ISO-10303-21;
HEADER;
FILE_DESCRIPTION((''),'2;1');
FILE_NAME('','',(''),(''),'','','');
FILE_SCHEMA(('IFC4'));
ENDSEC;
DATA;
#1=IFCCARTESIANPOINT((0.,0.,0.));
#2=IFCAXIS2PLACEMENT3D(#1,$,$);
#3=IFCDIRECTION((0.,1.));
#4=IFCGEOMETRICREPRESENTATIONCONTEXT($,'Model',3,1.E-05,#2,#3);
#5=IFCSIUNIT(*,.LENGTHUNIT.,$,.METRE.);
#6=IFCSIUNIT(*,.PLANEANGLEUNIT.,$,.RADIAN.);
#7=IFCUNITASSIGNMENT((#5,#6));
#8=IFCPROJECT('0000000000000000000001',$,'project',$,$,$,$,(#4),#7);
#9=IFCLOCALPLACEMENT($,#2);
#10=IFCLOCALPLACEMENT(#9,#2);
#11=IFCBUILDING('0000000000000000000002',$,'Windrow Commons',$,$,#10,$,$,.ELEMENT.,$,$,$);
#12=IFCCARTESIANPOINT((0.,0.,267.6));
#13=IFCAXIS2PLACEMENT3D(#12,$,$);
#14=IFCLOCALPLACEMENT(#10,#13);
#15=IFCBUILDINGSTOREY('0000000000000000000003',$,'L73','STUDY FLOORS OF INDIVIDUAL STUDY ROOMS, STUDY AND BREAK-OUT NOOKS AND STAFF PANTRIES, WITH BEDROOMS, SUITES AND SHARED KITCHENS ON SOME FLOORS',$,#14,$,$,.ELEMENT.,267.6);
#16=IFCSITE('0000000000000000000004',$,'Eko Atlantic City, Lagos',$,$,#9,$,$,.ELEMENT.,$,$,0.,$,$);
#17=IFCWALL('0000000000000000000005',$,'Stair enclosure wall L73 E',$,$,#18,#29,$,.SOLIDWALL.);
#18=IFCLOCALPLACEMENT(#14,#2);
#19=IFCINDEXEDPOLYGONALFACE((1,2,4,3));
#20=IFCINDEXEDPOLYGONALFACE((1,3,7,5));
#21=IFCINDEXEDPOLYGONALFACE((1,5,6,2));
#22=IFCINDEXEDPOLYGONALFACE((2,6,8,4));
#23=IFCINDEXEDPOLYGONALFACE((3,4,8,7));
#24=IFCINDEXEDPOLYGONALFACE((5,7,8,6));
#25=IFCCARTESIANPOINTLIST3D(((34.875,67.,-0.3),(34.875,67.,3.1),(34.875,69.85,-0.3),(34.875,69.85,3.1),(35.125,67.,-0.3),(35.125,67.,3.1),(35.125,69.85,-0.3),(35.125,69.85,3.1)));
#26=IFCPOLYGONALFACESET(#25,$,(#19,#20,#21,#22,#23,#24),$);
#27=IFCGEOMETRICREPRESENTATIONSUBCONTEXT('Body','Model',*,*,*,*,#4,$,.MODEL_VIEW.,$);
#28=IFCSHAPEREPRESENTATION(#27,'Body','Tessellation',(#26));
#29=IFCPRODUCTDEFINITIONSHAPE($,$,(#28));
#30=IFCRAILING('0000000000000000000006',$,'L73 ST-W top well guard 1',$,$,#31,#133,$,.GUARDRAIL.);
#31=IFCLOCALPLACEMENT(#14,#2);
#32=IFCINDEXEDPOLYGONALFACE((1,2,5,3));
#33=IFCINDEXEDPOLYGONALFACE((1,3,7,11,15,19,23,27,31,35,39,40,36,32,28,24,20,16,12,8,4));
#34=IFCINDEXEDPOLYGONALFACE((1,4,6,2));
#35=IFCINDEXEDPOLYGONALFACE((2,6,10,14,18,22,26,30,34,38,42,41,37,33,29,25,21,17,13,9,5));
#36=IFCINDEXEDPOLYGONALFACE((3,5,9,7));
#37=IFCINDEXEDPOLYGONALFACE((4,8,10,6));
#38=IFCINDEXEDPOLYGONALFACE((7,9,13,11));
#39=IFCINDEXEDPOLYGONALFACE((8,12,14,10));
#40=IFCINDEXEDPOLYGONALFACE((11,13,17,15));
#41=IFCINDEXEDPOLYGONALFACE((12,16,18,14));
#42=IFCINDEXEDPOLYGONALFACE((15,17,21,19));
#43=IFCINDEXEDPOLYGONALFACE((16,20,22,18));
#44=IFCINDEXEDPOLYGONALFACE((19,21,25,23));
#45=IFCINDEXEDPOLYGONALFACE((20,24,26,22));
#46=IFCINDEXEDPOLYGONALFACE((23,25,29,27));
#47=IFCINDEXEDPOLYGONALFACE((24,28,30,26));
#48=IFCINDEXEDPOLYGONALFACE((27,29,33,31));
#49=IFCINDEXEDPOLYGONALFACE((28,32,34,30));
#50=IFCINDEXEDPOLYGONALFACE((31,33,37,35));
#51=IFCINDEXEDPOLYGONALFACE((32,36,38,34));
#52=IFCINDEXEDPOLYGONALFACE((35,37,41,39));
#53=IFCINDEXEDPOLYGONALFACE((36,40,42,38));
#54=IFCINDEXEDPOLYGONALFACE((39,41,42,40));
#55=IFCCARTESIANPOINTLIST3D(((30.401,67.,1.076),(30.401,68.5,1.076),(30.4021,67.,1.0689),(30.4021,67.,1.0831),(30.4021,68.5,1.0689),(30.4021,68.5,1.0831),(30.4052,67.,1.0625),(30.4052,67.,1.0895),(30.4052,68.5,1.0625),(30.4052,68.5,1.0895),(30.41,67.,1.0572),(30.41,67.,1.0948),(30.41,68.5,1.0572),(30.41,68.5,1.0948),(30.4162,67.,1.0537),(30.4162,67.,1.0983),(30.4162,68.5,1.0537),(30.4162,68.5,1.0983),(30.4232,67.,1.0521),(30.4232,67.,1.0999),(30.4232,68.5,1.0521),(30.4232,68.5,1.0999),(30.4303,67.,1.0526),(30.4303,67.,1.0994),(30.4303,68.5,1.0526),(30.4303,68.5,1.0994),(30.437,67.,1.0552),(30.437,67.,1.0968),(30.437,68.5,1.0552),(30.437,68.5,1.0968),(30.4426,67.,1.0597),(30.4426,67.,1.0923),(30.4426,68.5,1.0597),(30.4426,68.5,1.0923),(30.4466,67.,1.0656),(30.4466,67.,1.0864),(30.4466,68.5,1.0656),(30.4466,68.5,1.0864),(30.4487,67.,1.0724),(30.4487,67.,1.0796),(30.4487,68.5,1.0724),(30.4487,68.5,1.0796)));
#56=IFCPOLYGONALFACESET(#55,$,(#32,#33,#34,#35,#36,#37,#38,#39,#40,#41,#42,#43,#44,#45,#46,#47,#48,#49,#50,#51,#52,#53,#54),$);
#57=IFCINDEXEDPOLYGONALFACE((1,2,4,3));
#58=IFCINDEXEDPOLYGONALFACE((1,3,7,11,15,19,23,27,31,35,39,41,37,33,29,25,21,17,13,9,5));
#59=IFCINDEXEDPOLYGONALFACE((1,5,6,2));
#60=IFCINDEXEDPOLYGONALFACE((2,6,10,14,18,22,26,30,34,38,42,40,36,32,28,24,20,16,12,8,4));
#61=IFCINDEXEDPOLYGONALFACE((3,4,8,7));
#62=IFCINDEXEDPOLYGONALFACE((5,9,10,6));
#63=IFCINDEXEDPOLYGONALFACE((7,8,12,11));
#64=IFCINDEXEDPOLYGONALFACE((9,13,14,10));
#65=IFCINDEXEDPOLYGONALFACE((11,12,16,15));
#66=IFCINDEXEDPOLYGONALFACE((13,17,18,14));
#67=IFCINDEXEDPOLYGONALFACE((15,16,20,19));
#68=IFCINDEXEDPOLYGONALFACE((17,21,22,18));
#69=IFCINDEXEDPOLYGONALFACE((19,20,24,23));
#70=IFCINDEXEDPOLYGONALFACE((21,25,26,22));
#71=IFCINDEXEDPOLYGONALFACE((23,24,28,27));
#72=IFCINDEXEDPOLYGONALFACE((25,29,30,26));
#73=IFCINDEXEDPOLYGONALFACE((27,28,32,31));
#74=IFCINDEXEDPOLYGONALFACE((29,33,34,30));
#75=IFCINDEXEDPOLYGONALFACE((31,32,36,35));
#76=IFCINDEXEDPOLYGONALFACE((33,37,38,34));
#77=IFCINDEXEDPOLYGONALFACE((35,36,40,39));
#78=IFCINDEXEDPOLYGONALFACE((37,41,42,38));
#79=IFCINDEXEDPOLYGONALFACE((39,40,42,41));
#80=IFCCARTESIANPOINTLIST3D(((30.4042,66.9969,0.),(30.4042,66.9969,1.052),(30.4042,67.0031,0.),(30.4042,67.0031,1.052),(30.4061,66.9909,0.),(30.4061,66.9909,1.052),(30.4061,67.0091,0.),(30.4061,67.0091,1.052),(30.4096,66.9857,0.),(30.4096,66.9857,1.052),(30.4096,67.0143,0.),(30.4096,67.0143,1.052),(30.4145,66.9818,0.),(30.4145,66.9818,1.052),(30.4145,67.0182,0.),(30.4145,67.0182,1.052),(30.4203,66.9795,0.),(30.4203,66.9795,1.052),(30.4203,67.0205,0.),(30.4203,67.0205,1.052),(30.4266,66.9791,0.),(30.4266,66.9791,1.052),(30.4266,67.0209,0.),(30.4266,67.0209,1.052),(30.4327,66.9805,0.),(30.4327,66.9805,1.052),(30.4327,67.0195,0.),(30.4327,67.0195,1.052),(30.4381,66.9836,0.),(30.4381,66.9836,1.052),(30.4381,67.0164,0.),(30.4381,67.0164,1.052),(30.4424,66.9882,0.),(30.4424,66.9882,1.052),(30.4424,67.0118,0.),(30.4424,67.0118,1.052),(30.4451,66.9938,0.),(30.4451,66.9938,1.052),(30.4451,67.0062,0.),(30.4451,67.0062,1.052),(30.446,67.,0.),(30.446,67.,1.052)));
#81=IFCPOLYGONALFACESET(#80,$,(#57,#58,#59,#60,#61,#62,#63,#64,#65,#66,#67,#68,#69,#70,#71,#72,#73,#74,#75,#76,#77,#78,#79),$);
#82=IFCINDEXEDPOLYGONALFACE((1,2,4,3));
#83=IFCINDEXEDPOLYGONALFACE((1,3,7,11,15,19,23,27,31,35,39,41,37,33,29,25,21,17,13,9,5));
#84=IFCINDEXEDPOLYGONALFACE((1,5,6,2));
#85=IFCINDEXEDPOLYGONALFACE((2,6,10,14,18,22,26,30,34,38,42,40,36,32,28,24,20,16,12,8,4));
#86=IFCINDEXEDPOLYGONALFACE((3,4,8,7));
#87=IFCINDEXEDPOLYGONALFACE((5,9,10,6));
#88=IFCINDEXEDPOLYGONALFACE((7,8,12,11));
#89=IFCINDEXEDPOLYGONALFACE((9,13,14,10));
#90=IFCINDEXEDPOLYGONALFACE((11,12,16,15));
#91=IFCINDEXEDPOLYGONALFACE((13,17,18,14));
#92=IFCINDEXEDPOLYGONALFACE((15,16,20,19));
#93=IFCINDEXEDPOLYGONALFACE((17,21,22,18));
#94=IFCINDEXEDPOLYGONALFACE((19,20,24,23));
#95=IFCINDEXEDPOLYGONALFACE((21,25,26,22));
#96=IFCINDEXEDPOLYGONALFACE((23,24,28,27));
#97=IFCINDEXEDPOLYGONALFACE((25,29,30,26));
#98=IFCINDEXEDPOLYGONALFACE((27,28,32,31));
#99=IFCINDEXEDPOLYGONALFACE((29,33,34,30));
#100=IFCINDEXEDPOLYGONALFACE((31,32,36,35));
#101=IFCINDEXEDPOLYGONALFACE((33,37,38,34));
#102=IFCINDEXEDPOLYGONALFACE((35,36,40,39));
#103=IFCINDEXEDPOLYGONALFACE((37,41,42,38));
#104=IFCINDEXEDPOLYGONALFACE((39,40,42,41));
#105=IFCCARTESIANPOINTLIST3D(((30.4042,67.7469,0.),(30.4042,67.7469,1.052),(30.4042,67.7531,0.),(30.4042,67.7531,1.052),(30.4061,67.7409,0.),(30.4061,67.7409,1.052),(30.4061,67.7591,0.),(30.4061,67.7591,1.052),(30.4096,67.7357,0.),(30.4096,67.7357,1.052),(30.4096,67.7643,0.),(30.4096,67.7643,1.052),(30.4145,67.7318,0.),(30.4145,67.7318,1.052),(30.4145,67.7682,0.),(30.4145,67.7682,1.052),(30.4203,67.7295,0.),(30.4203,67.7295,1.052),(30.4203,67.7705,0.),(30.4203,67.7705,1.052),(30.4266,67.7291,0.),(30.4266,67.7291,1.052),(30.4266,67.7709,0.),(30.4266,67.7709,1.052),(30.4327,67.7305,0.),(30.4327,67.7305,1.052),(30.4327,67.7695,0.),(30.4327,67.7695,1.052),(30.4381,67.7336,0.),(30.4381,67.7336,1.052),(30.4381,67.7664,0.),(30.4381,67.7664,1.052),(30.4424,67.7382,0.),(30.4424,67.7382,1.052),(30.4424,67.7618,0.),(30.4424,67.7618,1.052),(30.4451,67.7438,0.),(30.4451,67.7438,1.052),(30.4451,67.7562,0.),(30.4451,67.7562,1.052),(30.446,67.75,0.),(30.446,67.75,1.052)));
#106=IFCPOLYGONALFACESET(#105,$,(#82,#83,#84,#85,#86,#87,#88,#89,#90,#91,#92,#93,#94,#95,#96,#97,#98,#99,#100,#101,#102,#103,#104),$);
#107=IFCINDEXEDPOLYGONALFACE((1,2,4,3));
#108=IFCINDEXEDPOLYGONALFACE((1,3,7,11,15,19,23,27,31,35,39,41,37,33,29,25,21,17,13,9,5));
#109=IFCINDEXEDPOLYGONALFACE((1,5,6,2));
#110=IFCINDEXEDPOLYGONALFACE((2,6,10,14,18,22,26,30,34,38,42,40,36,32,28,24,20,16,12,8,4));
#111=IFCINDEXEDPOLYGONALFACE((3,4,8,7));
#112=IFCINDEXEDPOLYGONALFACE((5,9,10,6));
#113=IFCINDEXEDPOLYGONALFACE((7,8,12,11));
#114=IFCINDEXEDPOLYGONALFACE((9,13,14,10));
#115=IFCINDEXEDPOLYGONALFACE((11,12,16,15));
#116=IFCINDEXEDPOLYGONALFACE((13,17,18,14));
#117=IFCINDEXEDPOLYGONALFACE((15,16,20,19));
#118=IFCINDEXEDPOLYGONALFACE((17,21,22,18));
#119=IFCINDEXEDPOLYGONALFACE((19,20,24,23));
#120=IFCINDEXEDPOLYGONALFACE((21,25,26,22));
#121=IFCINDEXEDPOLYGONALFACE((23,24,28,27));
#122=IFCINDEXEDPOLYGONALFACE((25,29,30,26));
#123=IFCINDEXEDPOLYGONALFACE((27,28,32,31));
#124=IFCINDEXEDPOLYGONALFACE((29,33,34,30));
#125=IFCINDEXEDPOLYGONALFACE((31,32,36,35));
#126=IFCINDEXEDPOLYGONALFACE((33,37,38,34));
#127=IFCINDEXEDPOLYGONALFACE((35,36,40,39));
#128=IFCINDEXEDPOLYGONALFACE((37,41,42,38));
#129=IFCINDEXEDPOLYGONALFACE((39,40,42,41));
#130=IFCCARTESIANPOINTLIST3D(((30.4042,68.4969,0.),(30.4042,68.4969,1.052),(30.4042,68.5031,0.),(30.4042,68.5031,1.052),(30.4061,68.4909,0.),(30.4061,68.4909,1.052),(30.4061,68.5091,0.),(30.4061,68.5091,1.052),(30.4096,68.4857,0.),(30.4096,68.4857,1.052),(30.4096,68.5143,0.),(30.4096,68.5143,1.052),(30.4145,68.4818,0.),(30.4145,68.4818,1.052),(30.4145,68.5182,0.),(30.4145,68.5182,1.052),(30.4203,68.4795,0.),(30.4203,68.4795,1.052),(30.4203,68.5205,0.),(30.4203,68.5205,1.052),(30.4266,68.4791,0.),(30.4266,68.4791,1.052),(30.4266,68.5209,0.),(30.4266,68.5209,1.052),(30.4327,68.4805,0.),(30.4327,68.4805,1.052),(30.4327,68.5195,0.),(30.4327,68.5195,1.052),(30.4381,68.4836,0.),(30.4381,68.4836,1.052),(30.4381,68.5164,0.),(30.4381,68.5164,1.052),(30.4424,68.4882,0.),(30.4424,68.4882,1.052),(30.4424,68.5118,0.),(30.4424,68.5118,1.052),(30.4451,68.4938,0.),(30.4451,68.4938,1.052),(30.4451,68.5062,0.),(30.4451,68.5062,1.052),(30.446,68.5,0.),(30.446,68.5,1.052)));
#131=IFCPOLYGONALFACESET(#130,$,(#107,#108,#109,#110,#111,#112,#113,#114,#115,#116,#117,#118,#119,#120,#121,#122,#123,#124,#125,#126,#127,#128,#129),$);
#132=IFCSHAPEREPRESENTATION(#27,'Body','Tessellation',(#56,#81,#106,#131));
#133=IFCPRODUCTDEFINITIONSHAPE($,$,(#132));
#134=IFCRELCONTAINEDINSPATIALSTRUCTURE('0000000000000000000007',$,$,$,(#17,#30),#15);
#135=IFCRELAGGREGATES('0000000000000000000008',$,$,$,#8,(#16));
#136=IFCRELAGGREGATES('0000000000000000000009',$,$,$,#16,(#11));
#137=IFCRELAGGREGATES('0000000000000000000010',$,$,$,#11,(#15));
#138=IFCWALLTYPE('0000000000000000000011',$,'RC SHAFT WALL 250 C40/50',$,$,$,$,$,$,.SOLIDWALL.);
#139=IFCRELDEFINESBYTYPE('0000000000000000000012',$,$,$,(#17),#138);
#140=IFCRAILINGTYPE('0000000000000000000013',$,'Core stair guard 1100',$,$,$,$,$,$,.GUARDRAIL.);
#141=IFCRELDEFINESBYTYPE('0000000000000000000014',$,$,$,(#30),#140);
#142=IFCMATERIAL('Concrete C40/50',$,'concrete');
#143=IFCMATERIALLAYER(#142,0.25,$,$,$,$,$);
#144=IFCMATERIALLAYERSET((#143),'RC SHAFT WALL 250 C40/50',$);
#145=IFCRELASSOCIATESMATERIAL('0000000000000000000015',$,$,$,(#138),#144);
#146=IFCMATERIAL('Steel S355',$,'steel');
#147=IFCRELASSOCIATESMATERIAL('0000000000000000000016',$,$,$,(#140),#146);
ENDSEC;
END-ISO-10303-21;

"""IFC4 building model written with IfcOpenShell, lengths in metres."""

from ifc_helpers import new_model, si_unit, direction, frame, frame_2d, origin, origin_2d, place, context, subcontext, project, spatial, rectangle, circle, extrude, material, layer, layer_set, type_object, element, save


model = new_model("IFC4")

# Units and contexts
model_context = context("Model", 3, precision=1e-05, world=origin(), true_north=direction((0.0, 1.0)))
body_context = subcontext(model_context, "Body", "Model", "MODEL_VIEW")
ifc_project = project(units=[si_unit("LENGTHUNIT", "METRE"), si_unit("PLANEANGLEUNIT", "RADIAN")], contexts=[model_context])

# Site, building, storey
site_placement = place(None, origin())
site = spatial("IfcSite", under=ifc_project, at=site_placement, Name="Eko Atlantic City, Lagos", CompositionType="ELEMENT", RefElevation=0.0)
building_placement = place(site_placement, origin())
building = spatial("IfcBuilding", under=site, at=building_placement, Name="Windrow Commons", CompositionType="ELEMENT")
storey_placement = place(building_placement, frame((0.0, 0.0, 267.6)))
storey = spatial("IfcBuildingStorey", under=building, at=storey_placement, Name="L73", Description="STUDY FLOORS OF INDIVIDUAL STUDY ROOMS, STUDY AND BREAK-OUT NOOKS AND STAFF PANTRIES, WITH BEDROOMS, SUITES AND SHARED KITCHENS ON SOME FLOORS", CompositionType="ELEMENT", Elevation=267.6)

# Shared definitions
ifc_material_1 = material(Name="Concrete C40/50", Category="concrete")
ifc_layer_1 = layer(ifc_material_1, 0.25)
ifc_layer_set_1 = layer_set([ifc_layer_1], Name="RC SHAFT WALL 250 C40/50")
wall_type_1 = type_object("IfcWallType", Name="RC SHAFT WALL 250 C40/50", PredefinedType="SOLIDWALL", material=ifc_layer_set_1)

# Wall
for number, where, z_axis, x_axis, name in (
    (1, (35.0, 67.0, -0.3), (0.0, 0.0, 1.0), (0.0, 1.0, 0.0), "Stair enclosure wall L73 E"),
):
    element("IfcWall", number, at=place(storey_placement, frame(where, z_axis=z_axis, x_axis=x_axis)), inside=storey, type_object=wall_type_1, Name=name, PredefinedType="SOLIDWALL", context=body_context, shape_type="SweptSolid", body=[
        extrude(rectangle(XDim=2.85, YDim=0.25, at=frame_2d((1.425, 0.0))), origin(), (0.0, 0.0, 1.0), 3.4),
    ])

# Railing
ifc_material_2 = material(Name="Steel S355", Category="steel")
railing_type = type_object("IfcRailingType", Name="Core stair guard 1100", PredefinedType="GUARDRAIL", material=ifc_material_2)
railing_placement = place(storey_placement, frame((30.425, 67.0, 0.0)))
element("IfcRailing", 2, at=railing_placement, inside=storey, type_object=railing_type, Name="L73 ST-W top well guard 1", PredefinedType="GUARDRAIL", context=body_context, shape_type="SweptSolid", body=[
    extrude(circle(Radius=0.024, at=origin_2d()), frame((0.0, 0.0, 1.076), z_axis=(0.0, 1.0, 0.0), x_axis=(-1.0, 0.0, 0.0)), (0.0, 0.0, 1.0), 1.5),
    extrude(circle(Radius=0.021, at=origin_2d()), origin(), (0.0, 0.0, 1.0), 1.052),
    extrude(circle(Radius=0.021, at=origin_2d()), frame((0.0, 0.75, 0.0)), (0.0, 0.0, 1.0), 1.052),
    extrude(circle(Radius=0.021, at=origin_2d()), frame((0.0, 1.5, 0.0)), (0.0, 0.0, 1.0), 1.052),
])

save(model, "model.ifc")
